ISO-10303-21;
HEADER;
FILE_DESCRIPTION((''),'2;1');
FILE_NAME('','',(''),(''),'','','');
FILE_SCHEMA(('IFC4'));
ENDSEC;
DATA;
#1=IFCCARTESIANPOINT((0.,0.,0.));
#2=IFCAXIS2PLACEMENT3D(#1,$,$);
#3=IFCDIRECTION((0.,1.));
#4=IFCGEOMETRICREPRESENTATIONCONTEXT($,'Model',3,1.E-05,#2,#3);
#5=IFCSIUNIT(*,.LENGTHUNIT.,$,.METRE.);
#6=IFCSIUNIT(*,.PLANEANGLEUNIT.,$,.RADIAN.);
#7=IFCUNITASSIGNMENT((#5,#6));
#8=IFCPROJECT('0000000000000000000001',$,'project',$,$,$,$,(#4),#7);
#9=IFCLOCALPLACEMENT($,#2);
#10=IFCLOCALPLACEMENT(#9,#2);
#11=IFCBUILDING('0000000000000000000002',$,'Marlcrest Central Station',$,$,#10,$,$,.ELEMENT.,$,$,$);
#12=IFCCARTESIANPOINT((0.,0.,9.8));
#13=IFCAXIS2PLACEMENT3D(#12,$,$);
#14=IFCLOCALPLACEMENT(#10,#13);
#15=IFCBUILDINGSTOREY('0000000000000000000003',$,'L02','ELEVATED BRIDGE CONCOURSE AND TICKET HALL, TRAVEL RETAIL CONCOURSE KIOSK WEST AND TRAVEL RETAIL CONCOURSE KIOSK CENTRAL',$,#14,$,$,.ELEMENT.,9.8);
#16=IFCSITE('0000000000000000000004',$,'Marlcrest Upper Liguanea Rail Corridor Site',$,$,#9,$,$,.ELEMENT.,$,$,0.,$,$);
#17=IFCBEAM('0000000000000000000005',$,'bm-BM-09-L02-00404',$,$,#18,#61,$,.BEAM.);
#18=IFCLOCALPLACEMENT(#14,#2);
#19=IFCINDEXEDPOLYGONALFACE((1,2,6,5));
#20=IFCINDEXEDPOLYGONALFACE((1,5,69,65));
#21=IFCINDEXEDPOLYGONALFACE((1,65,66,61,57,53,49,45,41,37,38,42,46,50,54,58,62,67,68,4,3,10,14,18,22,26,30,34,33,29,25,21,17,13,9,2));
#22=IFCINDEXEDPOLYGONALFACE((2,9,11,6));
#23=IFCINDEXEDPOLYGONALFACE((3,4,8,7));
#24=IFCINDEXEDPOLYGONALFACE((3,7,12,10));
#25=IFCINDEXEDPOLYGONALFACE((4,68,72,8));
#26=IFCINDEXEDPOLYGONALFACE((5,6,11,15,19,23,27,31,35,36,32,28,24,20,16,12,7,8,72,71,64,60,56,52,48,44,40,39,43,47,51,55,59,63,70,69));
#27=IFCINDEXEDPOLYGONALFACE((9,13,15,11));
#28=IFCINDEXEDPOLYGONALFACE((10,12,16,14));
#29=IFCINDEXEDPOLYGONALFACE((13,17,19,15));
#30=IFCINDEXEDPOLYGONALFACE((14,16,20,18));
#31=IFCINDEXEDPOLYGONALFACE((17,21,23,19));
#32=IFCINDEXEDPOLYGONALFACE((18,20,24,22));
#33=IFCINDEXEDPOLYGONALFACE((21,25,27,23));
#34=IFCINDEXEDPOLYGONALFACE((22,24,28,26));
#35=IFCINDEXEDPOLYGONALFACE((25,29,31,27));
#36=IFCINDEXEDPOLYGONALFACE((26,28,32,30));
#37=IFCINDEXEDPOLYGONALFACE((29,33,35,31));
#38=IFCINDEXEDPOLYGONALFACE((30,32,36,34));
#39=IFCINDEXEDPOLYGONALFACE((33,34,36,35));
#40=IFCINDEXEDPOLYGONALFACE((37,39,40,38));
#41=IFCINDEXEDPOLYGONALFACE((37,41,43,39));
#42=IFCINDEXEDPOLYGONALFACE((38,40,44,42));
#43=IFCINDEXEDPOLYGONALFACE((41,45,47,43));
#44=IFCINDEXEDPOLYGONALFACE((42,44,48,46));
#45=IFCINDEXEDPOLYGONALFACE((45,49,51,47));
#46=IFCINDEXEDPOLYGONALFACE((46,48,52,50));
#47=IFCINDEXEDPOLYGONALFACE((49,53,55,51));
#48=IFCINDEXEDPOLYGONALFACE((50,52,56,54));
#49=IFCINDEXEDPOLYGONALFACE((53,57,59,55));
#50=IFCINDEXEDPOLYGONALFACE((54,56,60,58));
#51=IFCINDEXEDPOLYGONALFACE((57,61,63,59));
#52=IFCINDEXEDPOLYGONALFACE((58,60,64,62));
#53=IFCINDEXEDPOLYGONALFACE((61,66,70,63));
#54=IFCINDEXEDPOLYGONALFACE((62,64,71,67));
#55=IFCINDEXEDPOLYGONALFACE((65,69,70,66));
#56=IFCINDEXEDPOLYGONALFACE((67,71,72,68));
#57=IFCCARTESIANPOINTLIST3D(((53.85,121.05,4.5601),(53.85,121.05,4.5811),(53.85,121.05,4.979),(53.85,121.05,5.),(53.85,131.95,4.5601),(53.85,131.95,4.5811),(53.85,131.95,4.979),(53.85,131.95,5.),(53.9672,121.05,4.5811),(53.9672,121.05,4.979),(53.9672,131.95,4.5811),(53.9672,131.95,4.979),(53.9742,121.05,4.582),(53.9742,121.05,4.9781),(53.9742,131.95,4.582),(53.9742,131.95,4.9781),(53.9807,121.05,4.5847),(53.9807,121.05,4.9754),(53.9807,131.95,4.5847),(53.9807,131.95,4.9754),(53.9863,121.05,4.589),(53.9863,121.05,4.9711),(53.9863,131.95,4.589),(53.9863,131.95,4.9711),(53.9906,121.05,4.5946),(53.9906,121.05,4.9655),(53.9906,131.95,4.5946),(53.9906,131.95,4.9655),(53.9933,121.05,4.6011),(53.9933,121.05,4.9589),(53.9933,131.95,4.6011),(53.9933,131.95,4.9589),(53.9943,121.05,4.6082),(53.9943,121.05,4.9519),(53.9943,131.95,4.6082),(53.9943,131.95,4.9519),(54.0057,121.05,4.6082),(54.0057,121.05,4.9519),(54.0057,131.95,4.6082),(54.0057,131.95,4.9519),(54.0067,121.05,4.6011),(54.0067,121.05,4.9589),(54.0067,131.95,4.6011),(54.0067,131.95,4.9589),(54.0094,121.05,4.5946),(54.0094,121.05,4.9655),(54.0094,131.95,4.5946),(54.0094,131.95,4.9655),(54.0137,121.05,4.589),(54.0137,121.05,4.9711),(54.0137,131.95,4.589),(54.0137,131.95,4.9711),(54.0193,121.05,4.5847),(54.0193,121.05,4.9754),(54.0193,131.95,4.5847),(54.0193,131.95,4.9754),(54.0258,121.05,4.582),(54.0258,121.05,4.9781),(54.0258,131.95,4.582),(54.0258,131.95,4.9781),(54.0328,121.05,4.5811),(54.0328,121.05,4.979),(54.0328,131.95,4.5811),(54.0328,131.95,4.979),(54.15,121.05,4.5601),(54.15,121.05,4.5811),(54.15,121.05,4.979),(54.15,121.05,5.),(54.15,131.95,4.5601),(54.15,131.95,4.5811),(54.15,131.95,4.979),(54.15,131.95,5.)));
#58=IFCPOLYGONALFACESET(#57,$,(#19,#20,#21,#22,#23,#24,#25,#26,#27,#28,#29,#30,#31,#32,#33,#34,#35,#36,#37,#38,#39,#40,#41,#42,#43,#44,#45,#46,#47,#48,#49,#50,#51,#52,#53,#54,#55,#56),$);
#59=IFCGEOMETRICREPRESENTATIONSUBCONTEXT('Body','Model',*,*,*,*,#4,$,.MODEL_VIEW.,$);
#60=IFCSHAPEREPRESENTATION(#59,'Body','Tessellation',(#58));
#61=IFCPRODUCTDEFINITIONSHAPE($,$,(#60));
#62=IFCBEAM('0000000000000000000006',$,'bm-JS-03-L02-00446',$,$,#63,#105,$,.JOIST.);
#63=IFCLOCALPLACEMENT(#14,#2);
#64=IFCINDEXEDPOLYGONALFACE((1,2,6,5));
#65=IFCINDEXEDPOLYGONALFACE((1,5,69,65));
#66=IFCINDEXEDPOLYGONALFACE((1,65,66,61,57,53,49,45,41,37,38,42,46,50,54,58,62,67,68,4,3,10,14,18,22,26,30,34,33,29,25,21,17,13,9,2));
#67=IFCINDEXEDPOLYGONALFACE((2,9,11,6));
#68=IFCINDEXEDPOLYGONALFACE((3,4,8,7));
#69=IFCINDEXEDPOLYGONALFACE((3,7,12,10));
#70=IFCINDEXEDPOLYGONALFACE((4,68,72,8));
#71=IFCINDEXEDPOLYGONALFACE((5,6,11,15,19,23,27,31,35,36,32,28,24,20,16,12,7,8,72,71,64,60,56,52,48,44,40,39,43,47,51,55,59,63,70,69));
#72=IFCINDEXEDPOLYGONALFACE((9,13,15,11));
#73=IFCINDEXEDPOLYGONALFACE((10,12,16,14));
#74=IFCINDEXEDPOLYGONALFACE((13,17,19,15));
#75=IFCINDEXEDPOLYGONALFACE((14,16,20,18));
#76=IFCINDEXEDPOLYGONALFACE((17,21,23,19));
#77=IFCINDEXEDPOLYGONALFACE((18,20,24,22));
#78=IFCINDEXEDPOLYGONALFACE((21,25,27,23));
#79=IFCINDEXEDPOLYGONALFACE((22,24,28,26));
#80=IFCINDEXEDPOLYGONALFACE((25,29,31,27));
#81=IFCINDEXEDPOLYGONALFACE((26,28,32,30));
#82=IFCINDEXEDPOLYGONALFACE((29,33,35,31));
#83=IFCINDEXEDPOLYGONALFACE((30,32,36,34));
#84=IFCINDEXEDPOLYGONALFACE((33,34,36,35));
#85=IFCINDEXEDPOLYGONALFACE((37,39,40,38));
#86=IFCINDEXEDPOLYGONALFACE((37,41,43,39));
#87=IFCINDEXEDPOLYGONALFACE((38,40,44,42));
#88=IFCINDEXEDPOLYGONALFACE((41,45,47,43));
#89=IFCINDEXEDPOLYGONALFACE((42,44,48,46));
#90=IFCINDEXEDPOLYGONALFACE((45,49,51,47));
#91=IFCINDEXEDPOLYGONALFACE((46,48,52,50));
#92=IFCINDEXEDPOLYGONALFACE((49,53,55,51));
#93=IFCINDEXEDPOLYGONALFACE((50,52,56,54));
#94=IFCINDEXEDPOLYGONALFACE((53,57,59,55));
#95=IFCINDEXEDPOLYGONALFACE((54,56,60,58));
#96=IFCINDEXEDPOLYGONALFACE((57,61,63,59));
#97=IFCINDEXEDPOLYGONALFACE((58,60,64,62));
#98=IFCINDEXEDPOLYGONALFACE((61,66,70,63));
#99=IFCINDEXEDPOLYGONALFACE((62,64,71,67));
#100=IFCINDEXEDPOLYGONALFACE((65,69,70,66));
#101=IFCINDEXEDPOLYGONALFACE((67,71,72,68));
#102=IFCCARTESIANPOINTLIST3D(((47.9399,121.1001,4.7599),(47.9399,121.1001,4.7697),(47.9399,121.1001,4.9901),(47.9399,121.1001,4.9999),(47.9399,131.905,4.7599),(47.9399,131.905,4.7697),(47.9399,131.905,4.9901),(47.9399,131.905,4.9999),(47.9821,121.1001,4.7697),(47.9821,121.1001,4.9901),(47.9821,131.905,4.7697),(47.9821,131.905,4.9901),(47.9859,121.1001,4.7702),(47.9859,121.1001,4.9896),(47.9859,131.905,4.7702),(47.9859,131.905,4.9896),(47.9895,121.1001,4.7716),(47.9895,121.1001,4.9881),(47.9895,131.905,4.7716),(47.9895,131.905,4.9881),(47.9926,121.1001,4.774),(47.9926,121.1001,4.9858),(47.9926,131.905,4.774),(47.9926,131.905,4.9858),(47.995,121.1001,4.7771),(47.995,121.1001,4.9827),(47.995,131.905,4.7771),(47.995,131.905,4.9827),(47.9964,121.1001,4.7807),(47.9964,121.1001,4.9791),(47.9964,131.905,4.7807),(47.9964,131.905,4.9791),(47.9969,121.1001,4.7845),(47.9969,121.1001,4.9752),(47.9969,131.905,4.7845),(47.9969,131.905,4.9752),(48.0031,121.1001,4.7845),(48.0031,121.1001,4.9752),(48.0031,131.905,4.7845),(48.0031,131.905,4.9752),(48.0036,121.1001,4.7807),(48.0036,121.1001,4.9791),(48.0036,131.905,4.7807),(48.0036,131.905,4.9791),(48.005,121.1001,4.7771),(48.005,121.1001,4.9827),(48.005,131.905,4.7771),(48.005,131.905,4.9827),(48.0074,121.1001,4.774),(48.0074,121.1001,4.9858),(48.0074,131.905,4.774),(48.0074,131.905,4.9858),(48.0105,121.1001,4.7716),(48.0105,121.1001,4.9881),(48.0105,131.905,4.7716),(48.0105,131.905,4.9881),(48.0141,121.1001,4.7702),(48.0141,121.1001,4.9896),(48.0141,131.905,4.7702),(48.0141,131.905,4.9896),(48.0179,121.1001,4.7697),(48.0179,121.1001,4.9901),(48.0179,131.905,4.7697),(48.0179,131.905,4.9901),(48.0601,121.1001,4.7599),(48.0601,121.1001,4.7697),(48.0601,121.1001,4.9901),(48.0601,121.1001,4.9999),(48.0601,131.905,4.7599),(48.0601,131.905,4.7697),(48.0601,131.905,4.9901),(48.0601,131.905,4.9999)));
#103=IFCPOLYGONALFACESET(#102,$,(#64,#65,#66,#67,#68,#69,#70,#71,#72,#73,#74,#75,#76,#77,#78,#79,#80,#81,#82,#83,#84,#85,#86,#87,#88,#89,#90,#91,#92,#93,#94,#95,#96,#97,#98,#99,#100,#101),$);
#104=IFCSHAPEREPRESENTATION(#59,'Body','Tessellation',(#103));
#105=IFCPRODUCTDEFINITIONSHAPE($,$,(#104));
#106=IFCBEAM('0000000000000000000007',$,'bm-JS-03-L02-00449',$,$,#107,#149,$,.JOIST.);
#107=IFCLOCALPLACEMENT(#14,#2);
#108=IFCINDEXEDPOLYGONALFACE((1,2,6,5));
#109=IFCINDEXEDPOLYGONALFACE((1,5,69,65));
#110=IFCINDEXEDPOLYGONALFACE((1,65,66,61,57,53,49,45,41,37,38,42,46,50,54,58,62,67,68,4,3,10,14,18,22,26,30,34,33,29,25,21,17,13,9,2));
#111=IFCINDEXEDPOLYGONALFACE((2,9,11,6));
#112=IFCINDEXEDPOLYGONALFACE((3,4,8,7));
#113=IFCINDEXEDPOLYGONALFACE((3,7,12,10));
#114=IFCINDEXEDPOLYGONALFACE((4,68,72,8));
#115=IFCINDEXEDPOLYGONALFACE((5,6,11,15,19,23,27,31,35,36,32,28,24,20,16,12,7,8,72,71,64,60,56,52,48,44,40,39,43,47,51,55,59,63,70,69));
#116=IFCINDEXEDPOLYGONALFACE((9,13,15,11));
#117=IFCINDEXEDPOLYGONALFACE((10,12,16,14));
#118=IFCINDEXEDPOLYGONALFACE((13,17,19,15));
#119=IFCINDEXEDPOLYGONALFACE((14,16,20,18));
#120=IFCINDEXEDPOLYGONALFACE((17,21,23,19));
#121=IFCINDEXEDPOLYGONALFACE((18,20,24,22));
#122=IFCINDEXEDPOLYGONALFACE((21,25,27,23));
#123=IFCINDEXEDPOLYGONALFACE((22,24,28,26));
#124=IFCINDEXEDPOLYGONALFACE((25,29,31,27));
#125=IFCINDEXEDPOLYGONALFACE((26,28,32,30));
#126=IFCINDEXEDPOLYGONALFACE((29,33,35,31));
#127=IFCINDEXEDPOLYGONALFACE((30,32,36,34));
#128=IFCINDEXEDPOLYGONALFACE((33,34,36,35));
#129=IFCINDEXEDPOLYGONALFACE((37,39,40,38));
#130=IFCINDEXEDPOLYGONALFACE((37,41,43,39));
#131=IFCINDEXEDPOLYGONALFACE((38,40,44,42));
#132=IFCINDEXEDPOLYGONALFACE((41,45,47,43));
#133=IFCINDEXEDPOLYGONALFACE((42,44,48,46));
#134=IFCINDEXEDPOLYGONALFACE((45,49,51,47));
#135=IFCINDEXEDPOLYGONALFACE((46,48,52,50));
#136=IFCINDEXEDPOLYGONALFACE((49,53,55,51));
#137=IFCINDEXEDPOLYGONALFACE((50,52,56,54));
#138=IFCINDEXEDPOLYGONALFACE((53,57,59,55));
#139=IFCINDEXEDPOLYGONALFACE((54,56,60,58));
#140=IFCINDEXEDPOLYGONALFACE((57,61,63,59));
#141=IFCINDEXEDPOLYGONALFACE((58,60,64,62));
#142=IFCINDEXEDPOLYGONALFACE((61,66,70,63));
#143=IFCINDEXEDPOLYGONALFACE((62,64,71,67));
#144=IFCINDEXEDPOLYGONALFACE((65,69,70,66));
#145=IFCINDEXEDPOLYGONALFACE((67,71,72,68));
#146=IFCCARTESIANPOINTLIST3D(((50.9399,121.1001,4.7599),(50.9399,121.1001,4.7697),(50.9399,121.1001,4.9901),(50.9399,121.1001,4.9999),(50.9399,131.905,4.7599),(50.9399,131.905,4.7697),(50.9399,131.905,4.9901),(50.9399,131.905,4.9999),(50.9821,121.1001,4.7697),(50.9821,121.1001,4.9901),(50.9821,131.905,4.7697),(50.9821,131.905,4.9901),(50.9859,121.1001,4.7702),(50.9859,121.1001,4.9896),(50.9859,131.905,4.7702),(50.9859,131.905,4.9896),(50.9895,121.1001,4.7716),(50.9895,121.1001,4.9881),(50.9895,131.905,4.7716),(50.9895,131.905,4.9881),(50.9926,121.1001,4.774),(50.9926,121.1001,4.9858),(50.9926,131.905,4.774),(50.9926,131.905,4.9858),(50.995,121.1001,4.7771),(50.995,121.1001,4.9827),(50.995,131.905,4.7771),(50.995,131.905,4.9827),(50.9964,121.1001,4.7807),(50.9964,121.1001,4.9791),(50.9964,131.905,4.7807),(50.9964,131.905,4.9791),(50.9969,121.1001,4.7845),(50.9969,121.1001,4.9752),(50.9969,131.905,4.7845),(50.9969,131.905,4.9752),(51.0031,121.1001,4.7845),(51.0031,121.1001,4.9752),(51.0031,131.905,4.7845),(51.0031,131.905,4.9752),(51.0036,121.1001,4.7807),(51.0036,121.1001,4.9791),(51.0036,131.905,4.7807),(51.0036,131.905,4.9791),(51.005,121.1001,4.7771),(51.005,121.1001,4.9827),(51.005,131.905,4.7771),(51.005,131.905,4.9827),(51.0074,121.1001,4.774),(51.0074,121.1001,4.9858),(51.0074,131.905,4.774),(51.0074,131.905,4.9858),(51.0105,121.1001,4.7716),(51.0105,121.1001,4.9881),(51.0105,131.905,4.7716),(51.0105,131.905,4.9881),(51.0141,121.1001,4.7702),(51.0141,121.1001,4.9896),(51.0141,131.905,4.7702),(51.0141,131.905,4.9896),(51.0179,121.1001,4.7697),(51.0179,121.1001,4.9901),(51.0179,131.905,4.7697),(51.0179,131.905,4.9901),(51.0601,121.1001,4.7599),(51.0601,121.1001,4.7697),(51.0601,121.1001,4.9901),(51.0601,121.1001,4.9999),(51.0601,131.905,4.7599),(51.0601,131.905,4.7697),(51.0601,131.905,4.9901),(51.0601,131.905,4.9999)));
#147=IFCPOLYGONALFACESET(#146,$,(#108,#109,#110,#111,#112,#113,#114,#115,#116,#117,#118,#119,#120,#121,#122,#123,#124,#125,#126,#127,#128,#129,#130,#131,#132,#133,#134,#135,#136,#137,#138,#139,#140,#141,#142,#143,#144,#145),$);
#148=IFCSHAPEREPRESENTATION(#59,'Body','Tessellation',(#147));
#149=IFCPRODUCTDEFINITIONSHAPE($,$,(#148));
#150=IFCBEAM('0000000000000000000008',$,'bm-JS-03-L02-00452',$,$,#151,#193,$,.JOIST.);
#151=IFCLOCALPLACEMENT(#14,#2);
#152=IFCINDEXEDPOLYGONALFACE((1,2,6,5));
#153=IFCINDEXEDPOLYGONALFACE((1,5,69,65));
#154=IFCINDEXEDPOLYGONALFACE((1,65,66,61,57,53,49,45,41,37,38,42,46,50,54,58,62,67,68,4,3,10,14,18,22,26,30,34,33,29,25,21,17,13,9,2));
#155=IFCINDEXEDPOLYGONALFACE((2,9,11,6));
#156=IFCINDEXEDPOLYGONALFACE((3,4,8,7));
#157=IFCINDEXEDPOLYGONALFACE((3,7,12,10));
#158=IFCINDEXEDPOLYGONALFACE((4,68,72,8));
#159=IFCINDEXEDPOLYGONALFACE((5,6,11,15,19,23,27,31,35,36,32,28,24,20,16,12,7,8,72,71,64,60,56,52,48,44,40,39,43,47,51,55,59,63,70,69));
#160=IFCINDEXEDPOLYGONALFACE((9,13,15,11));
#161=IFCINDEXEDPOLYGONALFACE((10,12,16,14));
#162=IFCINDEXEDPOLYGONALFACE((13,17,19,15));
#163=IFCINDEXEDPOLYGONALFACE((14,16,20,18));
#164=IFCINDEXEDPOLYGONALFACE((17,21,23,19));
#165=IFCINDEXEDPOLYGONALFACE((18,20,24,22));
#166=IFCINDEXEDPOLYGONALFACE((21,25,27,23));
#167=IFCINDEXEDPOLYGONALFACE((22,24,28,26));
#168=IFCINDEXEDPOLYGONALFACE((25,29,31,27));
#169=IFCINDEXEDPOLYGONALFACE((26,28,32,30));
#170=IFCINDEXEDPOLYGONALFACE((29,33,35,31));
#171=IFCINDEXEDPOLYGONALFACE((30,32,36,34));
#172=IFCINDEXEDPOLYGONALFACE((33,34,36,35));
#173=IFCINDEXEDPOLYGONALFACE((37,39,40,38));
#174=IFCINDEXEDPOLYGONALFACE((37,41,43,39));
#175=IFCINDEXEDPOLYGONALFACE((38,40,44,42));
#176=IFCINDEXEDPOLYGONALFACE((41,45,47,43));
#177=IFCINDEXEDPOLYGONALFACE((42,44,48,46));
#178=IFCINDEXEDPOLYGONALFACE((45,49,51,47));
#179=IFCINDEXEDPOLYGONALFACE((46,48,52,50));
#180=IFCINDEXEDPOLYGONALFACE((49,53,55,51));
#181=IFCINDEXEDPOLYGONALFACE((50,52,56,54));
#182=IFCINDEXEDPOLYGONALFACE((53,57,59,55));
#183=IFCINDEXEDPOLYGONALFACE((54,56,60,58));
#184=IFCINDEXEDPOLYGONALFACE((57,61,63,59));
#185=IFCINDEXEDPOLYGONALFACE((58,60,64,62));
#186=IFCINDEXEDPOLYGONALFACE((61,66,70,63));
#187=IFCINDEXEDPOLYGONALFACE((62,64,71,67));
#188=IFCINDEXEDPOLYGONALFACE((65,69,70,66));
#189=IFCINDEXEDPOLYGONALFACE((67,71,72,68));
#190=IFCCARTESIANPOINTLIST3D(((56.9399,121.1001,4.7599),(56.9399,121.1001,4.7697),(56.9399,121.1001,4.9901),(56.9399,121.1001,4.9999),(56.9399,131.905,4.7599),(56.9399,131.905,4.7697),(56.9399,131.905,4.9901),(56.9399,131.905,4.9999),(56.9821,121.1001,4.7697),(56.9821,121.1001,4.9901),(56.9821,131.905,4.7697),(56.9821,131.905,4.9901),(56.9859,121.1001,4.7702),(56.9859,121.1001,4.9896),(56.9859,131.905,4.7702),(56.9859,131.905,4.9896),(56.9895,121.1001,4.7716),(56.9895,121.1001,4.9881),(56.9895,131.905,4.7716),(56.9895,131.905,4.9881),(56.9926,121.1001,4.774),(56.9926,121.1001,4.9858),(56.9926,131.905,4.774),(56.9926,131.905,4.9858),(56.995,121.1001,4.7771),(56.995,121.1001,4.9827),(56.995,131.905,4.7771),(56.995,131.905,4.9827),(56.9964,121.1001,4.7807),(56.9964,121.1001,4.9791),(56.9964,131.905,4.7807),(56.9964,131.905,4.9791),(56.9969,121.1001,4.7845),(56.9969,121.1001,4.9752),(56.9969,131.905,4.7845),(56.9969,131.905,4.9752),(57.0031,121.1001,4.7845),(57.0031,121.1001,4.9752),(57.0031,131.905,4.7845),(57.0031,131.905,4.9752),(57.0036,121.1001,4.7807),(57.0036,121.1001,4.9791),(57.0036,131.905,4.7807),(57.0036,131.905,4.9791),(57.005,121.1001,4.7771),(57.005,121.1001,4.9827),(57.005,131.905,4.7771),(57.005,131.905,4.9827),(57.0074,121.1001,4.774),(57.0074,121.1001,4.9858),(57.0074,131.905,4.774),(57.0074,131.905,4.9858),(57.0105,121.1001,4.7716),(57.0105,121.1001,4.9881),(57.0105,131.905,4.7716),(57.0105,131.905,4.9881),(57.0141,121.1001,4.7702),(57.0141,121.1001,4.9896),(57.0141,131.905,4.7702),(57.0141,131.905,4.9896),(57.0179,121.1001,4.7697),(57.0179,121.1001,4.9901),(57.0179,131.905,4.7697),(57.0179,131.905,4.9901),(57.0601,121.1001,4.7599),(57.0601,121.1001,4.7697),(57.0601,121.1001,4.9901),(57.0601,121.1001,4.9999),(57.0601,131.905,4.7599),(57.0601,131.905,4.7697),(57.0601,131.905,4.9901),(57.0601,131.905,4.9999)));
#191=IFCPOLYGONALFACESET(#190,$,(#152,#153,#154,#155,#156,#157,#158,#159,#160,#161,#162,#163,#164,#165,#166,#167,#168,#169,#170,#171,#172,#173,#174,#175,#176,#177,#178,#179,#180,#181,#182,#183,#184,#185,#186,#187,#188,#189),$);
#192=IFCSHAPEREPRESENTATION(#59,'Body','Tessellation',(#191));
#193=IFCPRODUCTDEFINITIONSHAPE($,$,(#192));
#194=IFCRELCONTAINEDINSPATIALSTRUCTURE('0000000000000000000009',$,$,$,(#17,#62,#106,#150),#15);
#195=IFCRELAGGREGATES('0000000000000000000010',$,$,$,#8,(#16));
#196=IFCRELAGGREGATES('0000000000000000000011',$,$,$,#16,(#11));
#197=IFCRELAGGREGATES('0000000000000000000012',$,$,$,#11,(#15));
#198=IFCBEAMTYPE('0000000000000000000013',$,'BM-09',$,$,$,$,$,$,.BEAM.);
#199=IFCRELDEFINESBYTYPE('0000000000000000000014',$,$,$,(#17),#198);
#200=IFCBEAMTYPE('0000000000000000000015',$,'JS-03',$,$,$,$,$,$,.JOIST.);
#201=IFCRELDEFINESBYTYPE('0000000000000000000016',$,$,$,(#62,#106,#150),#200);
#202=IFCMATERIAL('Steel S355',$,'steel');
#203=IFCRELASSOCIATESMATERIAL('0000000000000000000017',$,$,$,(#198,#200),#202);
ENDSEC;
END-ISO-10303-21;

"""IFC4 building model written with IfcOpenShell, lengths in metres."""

from ifc_helpers import new_model, si_unit, direction, frame, origin, origin_2d, place, context, subcontext, project, spatial, i_section, extrude, material, material_profile, profile_set, type_object, element, save


model = new_model("IFC4")

# Units and contexts
model_context = context("Model", 3, precision=1e-05, world=origin(), true_north=direction((0.0, 1.0)))
body_context = subcontext(model_context, "Body", "Model", "MODEL_VIEW")
ifc_project = project(units=[si_unit("LENGTHUNIT", "METRE"), si_unit("PLANEANGLEUNIT", "RADIAN")], contexts=[model_context])

# Site, building, storey
site_placement = place(None, origin())
site = spatial("IfcSite", under=ifc_project, at=site_placement, Name="Marlcrest Upper Liguanea Rail Corridor Site", CompositionType="ELEMENT", RefElevation=0.0)
building_placement = place(site_placement, origin())
building = spatial("IfcBuilding", under=site, at=building_placement, Name="Marlcrest Central Station", CompositionType="ELEMENT")
storey_placement = place(building_placement, frame((0.0, 0.0, 9.8)))
storey = spatial("IfcBuildingStorey", under=building, at=storey_placement, Name="L02", Description="ELEVATED BRIDGE CONCOURSE AND TICKET HALL, TRAVEL RETAIL CONCOURSE KIOSK WEST AND TRAVEL RETAIL CONCOURSE KIOSK CENTRAL", CompositionType="ELEMENT", Elevation=9.8)

# Shared definitions
ifc_material_1 = material(Name="Steel S355", Category="steel")

# Beams
ifc_material_profile_1 = material_profile(ifc_material_1, i_section(OverallWidth=0.3, OverallDepth=0.4399, WebThickness=0.0115, FlangeThickness=0.021, FilletRadius=0.0271, at=origin_2d()), Name="HEA 450")
ifc_profile_set_1 = profile_set([ifc_material_profile_1], Name="Steel S355")
beam_type_1 = type_object("IfcBeamType", Name="BM-09", PredefinedType="BEAM", material=ifc_profile_set_1)
for number, where, z_axis, x_axis, name in (
    (1, (54.0, 121.05, 4.78), (0.0, 1.0, 0.0), (-1.0, 0.0, 0.0), "bm-BM-09-L02-00404"),
):
    element("IfcBeam", number, at=place(storey_placement, frame(where, z_axis=z_axis, x_axis=x_axis)), inside=storey, type_object=beam_type_1, Name=name, PredefinedType="BEAM", context=body_context, shape_type="SweptSolid", body=[
        extrude(i_section(OverallWidth=0.3, OverallDepth=0.4399, WebThickness=0.0115, FlangeThickness=0.021, FilletRadius=0.0271, at=origin_2d()), origin(), (0.0, 0.0, 1.0), 10.8999),
    ])
ifc_material_profile_2 = material_profile(ifc_material_1, i_section(OverallWidth=0.1201, OverallDepth=0.24, WebThickness=0.0061, FlangeThickness=0.0098, FilletRadius=0.0149, at=origin_2d()), Name="IPE 240")
ifc_profile_set_2 = profile_set([ifc_material_profile_2], Name="Steel S355")
beam_type_2 = type_object("IfcBeamType", Name="JS-03", PredefinedType="JOIST", material=ifc_profile_set_2)
for number, where, z_axis, x_axis, name in (
    (2, (48.0, 121.1001, 4.8799), (0.0, 1.0, 0.0), (-1.0, 0.0, 0.0), "bm-JS-03-L02-00446"),
    (3, (51.0, 121.1001, 4.8799), (0.0, 1.0, 0.0), (-1.0, 0.0, 0.0), "bm-JS-03-L02-00449"),
    (4, (57.0, 121.1001, 4.8799), (0.0, 1.0, 0.0), (-1.0, 0.0, 0.0), "bm-JS-03-L02-00452"),
):
    element("IfcBeam", number, at=place(storey_placement, frame(where, z_axis=z_axis, x_axis=x_axis)), inside=storey, type_object=beam_type_2, Name=name, PredefinedType="JOIST", context=body_context, shape_type="SweptSolid", body=[
        extrude(i_section(OverallWidth=0.1201, OverallDepth=0.24, WebThickness=0.0061, FlangeThickness=0.0098, FilletRadius=0.0149, at=origin_2d()), origin(), (0.0, 0.0, 1.0), 10.8049),
    ])

save(model, "model.ifc")
